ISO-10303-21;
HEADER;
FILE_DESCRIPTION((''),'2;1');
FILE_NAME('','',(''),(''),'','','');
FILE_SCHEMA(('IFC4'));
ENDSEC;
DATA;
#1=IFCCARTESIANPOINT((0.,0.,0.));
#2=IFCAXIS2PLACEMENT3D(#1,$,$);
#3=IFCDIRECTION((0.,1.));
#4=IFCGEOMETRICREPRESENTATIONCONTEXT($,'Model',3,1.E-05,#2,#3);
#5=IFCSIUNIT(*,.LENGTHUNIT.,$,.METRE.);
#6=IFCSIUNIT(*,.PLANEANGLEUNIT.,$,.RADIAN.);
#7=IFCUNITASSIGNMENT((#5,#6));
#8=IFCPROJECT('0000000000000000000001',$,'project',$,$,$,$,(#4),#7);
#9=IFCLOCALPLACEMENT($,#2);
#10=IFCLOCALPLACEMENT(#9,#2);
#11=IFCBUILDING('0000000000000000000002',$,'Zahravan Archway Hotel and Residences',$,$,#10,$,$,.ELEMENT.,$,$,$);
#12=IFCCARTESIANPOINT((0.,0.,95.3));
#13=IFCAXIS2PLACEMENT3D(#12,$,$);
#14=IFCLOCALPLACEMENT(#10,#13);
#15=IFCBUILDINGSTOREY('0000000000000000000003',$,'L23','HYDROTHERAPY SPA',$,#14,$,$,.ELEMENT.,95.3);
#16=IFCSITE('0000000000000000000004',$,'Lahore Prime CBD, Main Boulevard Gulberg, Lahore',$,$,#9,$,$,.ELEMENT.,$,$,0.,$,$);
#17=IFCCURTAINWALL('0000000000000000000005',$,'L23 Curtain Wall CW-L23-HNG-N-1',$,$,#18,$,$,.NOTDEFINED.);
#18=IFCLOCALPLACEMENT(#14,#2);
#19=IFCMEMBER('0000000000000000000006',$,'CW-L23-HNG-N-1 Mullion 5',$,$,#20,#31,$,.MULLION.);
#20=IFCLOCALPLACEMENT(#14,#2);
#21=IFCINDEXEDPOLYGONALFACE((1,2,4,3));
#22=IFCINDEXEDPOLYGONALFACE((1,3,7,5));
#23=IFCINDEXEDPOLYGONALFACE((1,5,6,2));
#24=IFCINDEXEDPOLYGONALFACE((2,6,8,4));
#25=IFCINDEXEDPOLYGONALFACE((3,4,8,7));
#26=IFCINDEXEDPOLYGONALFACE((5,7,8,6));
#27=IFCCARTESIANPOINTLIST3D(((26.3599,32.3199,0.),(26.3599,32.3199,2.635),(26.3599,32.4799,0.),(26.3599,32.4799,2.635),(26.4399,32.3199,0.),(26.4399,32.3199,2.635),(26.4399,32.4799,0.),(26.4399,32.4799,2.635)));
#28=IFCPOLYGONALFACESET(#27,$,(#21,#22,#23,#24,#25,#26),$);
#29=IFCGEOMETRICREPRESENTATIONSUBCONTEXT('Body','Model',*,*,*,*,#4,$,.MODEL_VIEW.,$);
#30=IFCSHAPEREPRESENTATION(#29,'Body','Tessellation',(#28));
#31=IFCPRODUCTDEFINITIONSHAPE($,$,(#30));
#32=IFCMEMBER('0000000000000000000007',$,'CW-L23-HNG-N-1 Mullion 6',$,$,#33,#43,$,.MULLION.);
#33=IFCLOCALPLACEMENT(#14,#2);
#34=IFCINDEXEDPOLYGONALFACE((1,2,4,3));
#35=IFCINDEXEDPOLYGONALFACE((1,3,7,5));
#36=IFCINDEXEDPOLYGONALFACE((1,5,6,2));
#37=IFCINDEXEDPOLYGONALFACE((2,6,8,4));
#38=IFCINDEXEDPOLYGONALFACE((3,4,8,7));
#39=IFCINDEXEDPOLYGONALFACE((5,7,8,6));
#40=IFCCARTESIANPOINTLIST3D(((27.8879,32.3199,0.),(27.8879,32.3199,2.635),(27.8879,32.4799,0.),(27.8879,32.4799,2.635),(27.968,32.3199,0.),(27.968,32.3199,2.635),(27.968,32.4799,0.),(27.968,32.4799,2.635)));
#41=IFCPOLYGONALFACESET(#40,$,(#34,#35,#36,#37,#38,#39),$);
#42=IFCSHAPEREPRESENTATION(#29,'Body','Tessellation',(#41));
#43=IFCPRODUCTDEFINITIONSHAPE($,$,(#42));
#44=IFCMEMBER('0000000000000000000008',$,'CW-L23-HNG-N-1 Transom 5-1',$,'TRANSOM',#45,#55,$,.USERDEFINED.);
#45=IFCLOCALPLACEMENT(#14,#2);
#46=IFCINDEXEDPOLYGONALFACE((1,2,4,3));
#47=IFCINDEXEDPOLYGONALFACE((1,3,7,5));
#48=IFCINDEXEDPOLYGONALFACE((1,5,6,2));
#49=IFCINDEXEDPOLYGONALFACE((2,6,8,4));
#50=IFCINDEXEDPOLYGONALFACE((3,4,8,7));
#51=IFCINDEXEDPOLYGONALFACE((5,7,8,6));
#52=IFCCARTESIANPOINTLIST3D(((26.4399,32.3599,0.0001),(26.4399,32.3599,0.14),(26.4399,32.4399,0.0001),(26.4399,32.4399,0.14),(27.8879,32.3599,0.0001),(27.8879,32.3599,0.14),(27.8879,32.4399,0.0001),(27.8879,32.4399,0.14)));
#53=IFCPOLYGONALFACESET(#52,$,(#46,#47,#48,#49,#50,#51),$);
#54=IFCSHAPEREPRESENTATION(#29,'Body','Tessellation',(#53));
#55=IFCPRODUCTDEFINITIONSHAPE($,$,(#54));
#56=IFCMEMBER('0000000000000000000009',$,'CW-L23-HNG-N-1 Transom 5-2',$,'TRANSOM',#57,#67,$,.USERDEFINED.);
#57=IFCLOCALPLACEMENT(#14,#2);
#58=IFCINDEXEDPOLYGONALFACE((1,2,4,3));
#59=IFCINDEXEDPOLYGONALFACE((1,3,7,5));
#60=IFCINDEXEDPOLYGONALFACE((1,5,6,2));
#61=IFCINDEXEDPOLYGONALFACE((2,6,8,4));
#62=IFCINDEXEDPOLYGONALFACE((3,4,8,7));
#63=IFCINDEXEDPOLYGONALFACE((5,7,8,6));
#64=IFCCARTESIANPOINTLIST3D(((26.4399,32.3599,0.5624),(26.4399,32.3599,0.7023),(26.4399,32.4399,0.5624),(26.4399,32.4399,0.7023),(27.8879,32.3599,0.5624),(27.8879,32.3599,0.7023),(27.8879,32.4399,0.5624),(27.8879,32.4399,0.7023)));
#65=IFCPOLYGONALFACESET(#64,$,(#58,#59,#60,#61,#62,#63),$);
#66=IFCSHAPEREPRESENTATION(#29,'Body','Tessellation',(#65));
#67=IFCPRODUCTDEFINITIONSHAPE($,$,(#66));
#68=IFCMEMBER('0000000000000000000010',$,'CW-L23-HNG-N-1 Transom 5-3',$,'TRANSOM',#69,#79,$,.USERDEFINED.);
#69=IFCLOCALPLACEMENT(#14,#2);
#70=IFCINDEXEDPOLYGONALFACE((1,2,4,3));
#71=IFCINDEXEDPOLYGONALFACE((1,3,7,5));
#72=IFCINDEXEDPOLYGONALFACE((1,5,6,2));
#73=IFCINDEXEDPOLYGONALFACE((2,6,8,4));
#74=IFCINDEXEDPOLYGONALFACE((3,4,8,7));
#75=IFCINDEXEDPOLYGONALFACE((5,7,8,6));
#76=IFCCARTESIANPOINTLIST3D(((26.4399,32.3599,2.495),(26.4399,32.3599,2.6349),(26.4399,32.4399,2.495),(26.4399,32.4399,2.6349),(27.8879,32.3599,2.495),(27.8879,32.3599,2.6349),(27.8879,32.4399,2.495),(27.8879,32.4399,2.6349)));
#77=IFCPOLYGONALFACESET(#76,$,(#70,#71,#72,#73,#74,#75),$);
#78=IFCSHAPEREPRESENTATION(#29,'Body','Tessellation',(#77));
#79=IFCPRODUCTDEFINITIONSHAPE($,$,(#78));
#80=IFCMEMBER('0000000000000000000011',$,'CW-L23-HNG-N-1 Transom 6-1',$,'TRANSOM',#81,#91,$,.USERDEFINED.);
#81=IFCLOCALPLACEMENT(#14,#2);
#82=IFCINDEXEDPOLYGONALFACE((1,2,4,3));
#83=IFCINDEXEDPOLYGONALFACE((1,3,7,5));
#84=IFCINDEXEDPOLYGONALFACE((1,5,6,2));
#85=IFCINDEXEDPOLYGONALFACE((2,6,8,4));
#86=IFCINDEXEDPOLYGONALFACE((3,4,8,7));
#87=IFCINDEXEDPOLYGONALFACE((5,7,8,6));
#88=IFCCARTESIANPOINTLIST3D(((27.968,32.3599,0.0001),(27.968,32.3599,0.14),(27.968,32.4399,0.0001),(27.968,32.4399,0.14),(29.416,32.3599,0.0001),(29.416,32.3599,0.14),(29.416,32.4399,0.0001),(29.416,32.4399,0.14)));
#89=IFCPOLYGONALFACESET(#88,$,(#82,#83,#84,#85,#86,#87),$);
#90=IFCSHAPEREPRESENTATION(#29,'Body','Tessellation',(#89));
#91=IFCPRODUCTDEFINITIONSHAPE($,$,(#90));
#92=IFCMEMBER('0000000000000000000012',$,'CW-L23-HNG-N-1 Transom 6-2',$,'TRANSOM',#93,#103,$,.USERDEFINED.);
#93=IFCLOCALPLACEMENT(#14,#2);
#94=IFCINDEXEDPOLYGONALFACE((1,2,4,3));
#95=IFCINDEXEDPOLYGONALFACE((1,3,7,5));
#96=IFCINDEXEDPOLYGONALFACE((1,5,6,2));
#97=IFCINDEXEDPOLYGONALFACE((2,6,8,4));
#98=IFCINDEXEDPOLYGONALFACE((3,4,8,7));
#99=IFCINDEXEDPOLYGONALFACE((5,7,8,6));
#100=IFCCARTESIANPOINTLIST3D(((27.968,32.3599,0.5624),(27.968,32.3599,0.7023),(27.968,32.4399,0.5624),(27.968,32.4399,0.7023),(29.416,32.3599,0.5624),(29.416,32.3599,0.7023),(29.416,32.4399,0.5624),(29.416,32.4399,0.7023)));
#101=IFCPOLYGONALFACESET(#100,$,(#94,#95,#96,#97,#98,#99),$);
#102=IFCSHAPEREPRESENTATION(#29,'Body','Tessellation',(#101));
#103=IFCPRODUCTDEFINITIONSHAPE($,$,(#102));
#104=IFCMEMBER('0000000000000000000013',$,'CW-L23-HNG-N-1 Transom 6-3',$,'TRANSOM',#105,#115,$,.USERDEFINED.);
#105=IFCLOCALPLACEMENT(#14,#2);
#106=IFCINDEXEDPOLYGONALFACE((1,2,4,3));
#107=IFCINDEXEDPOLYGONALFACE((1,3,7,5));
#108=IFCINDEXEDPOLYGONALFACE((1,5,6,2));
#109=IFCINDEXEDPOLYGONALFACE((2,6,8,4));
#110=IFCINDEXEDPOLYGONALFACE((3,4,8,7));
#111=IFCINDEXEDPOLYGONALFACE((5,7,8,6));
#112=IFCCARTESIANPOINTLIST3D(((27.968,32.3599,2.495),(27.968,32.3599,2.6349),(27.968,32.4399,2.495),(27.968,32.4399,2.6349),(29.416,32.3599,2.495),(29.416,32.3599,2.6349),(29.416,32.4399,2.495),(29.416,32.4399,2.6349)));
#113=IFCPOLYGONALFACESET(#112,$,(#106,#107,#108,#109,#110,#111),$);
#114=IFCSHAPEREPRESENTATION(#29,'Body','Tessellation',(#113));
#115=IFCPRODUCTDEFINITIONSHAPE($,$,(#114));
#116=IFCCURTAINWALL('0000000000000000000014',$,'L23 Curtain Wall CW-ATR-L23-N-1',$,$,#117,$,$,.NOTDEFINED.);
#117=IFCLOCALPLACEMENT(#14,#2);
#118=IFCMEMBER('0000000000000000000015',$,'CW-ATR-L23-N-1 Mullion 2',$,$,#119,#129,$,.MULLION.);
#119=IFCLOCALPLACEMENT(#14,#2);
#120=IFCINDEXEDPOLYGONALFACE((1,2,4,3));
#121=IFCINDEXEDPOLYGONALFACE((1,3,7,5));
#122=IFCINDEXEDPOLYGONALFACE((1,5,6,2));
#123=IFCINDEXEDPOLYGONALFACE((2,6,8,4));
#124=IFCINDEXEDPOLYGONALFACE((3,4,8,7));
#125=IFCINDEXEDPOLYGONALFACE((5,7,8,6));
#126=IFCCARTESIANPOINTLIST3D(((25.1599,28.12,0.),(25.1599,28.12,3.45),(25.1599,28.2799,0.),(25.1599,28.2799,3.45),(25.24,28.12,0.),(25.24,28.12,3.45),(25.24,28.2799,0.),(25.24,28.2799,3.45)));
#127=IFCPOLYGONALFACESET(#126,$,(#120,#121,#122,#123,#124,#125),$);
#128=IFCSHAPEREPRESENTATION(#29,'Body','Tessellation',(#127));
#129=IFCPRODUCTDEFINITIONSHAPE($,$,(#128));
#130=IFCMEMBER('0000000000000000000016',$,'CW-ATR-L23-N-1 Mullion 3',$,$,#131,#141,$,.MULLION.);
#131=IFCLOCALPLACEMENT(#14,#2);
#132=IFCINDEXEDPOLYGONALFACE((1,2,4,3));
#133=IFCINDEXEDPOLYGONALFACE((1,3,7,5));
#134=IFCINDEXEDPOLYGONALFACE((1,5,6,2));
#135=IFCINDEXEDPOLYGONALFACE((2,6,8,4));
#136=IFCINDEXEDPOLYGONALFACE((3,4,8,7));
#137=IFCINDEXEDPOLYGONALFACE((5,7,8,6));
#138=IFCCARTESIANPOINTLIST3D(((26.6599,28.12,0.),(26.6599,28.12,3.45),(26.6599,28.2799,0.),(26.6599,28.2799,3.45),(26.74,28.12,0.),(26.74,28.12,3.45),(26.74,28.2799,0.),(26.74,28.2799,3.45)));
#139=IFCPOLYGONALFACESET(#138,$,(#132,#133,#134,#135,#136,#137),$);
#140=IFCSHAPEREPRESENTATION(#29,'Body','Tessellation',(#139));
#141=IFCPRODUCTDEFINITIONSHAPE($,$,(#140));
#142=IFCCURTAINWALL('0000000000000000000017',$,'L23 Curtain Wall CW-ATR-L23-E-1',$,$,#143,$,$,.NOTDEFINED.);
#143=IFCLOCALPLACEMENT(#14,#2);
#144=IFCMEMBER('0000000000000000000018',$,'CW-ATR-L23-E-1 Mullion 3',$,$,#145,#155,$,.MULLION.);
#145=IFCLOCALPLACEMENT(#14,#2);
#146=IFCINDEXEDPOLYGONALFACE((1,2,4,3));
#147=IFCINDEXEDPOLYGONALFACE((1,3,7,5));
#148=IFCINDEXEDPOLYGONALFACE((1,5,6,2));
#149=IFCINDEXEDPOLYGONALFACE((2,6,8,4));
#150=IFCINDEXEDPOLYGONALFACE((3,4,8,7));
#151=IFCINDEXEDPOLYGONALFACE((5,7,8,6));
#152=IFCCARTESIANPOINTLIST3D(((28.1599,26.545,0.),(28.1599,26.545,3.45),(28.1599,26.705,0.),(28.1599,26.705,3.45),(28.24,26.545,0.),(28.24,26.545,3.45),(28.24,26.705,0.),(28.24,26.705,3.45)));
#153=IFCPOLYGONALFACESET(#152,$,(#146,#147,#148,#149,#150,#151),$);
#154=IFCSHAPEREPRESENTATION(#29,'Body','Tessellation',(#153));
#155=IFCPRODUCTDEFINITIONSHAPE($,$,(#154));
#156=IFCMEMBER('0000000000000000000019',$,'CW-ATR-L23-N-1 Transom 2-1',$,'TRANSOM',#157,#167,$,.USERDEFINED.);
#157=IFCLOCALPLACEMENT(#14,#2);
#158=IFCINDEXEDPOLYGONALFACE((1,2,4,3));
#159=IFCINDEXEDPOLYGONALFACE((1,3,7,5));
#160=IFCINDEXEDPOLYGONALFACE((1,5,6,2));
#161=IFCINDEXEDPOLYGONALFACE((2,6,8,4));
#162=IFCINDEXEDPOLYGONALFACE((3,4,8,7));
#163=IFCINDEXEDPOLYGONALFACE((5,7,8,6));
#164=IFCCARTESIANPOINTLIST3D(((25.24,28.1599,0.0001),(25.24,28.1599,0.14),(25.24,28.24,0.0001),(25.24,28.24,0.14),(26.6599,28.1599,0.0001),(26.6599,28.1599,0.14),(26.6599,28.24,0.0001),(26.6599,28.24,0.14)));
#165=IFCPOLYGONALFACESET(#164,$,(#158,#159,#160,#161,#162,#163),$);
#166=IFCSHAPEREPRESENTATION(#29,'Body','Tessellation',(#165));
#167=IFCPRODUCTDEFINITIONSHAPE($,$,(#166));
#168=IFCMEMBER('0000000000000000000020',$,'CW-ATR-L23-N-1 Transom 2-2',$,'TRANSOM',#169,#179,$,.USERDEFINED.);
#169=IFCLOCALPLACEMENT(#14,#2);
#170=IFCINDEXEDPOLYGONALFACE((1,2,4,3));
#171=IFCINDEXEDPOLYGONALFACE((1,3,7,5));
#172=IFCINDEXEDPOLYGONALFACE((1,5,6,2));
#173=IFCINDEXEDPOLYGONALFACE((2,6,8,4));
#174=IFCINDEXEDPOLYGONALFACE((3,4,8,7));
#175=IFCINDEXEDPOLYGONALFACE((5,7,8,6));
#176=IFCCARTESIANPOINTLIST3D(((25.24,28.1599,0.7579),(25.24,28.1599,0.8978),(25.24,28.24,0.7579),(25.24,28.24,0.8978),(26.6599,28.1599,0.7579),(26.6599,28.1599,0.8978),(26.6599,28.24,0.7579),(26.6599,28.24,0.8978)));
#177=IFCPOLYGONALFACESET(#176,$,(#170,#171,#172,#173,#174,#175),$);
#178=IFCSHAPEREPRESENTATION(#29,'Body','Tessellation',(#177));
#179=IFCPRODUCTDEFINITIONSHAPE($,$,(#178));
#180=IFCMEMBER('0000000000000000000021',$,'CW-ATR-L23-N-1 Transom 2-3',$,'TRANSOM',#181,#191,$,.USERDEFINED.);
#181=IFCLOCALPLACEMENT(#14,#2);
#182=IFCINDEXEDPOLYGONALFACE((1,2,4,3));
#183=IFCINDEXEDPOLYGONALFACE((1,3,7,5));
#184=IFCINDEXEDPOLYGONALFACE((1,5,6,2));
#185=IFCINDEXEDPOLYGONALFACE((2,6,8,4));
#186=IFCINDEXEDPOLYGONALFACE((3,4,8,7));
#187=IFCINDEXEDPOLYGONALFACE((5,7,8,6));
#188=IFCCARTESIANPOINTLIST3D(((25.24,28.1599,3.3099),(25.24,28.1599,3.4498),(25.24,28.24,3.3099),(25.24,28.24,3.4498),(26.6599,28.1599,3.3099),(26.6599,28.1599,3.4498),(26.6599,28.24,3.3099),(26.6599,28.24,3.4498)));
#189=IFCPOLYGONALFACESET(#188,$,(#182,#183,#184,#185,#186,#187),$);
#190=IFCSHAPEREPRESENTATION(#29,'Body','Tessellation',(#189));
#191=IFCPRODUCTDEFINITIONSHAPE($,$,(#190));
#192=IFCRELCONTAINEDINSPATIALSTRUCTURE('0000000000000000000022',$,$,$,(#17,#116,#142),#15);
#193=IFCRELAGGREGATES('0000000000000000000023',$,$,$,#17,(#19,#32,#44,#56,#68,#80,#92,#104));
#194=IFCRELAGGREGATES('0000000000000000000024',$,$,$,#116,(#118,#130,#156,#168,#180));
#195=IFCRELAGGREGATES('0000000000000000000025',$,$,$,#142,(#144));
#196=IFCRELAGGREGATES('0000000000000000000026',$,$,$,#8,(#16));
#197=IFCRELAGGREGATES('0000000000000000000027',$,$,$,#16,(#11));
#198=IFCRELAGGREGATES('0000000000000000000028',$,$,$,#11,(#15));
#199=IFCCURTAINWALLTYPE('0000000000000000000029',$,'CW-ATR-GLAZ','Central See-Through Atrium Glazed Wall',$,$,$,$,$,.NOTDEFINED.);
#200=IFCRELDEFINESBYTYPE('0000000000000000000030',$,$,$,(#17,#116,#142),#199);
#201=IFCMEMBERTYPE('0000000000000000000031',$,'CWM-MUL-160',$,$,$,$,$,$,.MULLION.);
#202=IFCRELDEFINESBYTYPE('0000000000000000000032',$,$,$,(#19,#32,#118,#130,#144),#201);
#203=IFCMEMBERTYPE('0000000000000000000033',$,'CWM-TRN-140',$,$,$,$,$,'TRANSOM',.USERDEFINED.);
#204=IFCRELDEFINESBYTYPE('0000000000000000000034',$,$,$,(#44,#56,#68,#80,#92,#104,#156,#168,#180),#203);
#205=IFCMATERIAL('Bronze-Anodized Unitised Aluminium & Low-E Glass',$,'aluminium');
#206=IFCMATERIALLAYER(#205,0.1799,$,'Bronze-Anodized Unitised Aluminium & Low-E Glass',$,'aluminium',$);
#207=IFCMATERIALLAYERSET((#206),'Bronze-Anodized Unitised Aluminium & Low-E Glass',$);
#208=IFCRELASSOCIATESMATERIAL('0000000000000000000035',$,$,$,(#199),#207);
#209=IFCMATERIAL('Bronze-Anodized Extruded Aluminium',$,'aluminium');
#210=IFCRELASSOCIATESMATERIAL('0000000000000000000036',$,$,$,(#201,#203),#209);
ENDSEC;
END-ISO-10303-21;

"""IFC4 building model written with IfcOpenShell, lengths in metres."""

from ifc_helpers import new_model, si_unit, direction, frame, origin, origin_2d, place, context, subcontext, project, spatial, rectangle, extrude, source, transform, mapped, material, layer, layer_set, material_profile, profile_set, type_object, element, aggregate, save


model = new_model("IFC4")

# Units and contexts
model_context = context("Model", 3, precision=1e-05, world=origin(), true_north=direction((0.0, 1.0)))
body_context = subcontext(model_context, "Body", "Model", "MODEL_VIEW")
ifc_project = project(units=[si_unit("LENGTHUNIT", "METRE"), si_unit("PLANEANGLEUNIT", "RADIAN")], contexts=[model_context])

# Site, building, storey
site_placement = place(None, origin())
site = spatial("IfcSite", under=ifc_project, at=site_placement, Name="Lahore Prime CBD, Main Boulevard Gulberg, Lahore", CompositionType="ELEMENT", RefElevation=0.0)
building_placement = place(site_placement, origin())
building = spatial("IfcBuilding", under=site, at=building_placement, Name="Zahravan Archway Hotel and Residences", CompositionType="ELEMENT")
storey_placement = place(building_placement, frame((0.0, 0.0, 95.3)))
storey = spatial("IfcBuildingStorey", under=building, at=storey_placement, Name="L23", Description="HYDROTHERAPY SPA", CompositionType="ELEMENT", Elevation=95.3)

# Curtain walls, members
ifc_material_1 = material(Name="Bronze-Anodized Unitised Aluminium & Low-E Glass", Category="aluminium")
ifc_layer_1 = layer(ifc_material_1, 0.1799, Name="Bronze-Anodized Unitised Aluminium & Low-E Glass", Category="aluminium")
ifc_layer_set_1 = layer_set([ifc_layer_1], Name="Bronze-Anodized Unitised Aluminium & Low-E Glass")
curtain_wall_type = type_object("IfcCurtainWallType", Name="CW-ATR-GLAZ", Description="Central See-Through Atrium Glazed Wall", PredefinedType="NOTDEFINED", material=ifc_layer_set_1)
curtain_wall_1_placement = place(storey_placement, origin())
curtain_wall_1 = element("IfcCurtainWall", 1, at=curtain_wall_1_placement, inside=storey, type_object=curtain_wall_type, Name="L23 Curtain Wall CW-L23-HNG-N-1", PredefinedType="NOTDEFINED")
ifc_material_2 = material(Name="Bronze-Anodized Extruded Aluminium", Category="aluminium")
ifc_material_profile_1 = material_profile(ifc_material_2, rectangle(XDim=0.0801, YDim=0.1599, at=origin_2d()), Name="MUL 80x160", Category="aluminium")
ifc_profile_set_1 = profile_set([ifc_material_profile_1], Name="Bronze-Anodized Extruded Aluminium")
member_type_1 = type_object("IfcMemberType", Name="CWM-MUL-160", PredefinedType="MULLION", material=ifc_profile_set_1)
shared_shape_1 = source(origin(), body_context, "Body", "SweptSolid", [
    extrude(rectangle(XDim=0.0801, YDim=0.1599, at=origin_2d()), origin(), (0.0, 0.0, 1.0), 2.635),
])
member_1_placement = place(storey_placement, frame((26.3999, 32.3999, 0.0), z_axis=(0.0, 0.0, 1.0), x_axis=(1.0, 0.0, 0.0)))
member_1 = element("IfcMember", 2, at=member_1_placement, type_object=member_type_1, Name="CW-L23-HNG-N-1 Mullion 5", PredefinedType="MULLION", context=body_context, shape_type="MappedRepresentation", body=[
    mapped(shared_shape_1, transform((0.0, 0.0, 0.0), scale=1.0)),
])
member_2_placement = place(storey_placement, frame((27.928, 32.3999, 0.0), z_axis=(0.0, 0.0, 1.0), x_axis=(1.0, 0.0, 0.0)))
member_2 = element("IfcMember", 3, at=member_2_placement, type_object=member_type_1, Name="CW-L23-HNG-N-1 Mullion 6", PredefinedType="MULLION", context=body_context, shape_type="MappedRepresentation", body=[
    mapped(shared_shape_1, transform((0.0, 0.0, 0.0), scale=1.0)),
])
ifc_material_profile_2 = material_profile(ifc_material_2, rectangle(XDim=0.0801, YDim=0.1399, at=origin_2d()), Name="TRN 80x140", Category="aluminium")
ifc_profile_set_2 = profile_set([ifc_material_profile_2], Name="Bronze-Anodized Extruded Aluminium")
member_type_2 = type_object("IfcMemberType", Name="CWM-TRN-140", ElementType="TRANSOM", PredefinedType="USERDEFINED", material=ifc_profile_set_2)
shared_shape_2 = source(origin(), body_context, "Body", "SweptSolid", [
    extrude(rectangle(XDim=0.0801, YDim=0.1399, at=origin_2d()), origin(), (0.0, 0.0, 1.0), 1.448),
])
member_3_placement = place(storey_placement, frame((26.4399, 32.3999, 0.0701), z_axis=(1.0, 0.0, 0.0), x_axis=(0.0, 1.0, 0.0)))
member_3 = element("IfcMember", 4, at=member_3_placement, type_object=member_type_2, Name="CW-L23-HNG-N-1 Transom 5-1", ObjectType="TRANSOM", PredefinedType="USERDEFINED", context=body_context, shape_type="MappedRepresentation", body=[
    mapped(shared_shape_2, transform((0.0, 0.0, 0.0), scale=1.0)),
])
member_4_placement = place(storey_placement, frame((26.4399, 32.3999, 0.6323), z_axis=(1.0, 0.0, 0.0), x_axis=(0.0, 1.0, 0.0)))
member_4 = element("IfcMember", 5, at=member_4_placement, type_object=member_type_2, Name="CW-L23-HNG-N-1 Transom 5-2", ObjectType="TRANSOM", PredefinedType="USERDEFINED", context=body_context, shape_type="MappedRepresentation", body=[
    mapped(shared_shape_2, transform((0.0, 0.0, 0.0), scale=1.0)),
])
member_5_placement = place(storey_placement, frame((26.4399, 32.3999, 2.5649), z_axis=(1.0, 0.0, 0.0), x_axis=(0.0, 1.0, 0.0)))
member_5 = element("IfcMember", 6, at=member_5_placement, type_object=member_type_2, Name="CW-L23-HNG-N-1 Transom 5-3", ObjectType="TRANSOM", PredefinedType="USERDEFINED", context=body_context, shape_type="MappedRepresentation", body=[
    mapped(shared_shape_2, transform((0.0, 0.0, 0.0), scale=1.0)),
])
member_6_placement = place(storey_placement, frame((27.968, 32.3999, 0.0701), z_axis=(1.0, 0.0, 0.0), x_axis=(0.0, 1.0, 0.0)))
member_6 = element("IfcMember", 7, at=member_6_placement, type_object=member_type_2, Name="CW-L23-HNG-N-1 Transom 6-1", ObjectType="TRANSOM", PredefinedType="USERDEFINED", context=body_context, shape_type="MappedRepresentation", body=[
    mapped(shared_shape_2, transform((0.0, 0.0, 0.0), scale=1.0)),
])
member_7_placement = place(storey_placement, frame((27.968, 32.3999, 0.6323), z_axis=(1.0, 0.0, 0.0), x_axis=(0.0, 1.0, 0.0)))
member_7 = element("IfcMember", 8, at=member_7_placement, type_object=member_type_2, Name="CW-L23-HNG-N-1 Transom 6-2", ObjectType="TRANSOM", PredefinedType="USERDEFINED", context=body_context, shape_type="MappedRepresentation", body=[
    mapped(shared_shape_2, transform((0.0, 0.0, 0.0), scale=1.0)),
])
member_8_placement = place(storey_placement, frame((27.968, 32.3999, 2.5649), z_axis=(1.0, 0.0, 0.0), x_axis=(0.0, 1.0, 0.0)))
member_8 = element("IfcMember", 9, at=member_8_placement, type_object=member_type_2, Name="CW-L23-HNG-N-1 Transom 6-3", ObjectType="TRANSOM", PredefinedType="USERDEFINED", context=body_context, shape_type="MappedRepresentation", body=[
    mapped(shared_shape_2, transform((0.0, 0.0, 0.0), scale=1.0)),
])
curtain_wall_2_placement = place(storey_placement, origin())
curtain_wall_2 = element("IfcCurtainWall", 10, at=curtain_wall_2_placement, inside=storey, type_object=curtain_wall_type, Name="L23 Curtain Wall CW-ATR-L23-N-1", PredefinedType="NOTDEFINED")
shared_shape_3 = source(origin(), body_context, "Body", "SweptSolid", [
    extrude(rectangle(XDim=0.0801, YDim=0.1599, at=origin_2d()), origin(), (0.0, 0.0, 1.0), 3.45),
])
member_9_placement = place(storey_placement, frame((25.2, 28.2, 0.0), z_axis=(0.0, 0.0, 1.0), x_axis=(1.0, 0.0, 0.0)))
member_9 = element("IfcMember", 11, at=member_9_placement, type_object=member_type_1, Name="CW-ATR-L23-N-1 Mullion 2", PredefinedType="MULLION", context=body_context, shape_type="MappedRepresentation", body=[
    mapped(shared_shape_3, transform((0.0, 0.0, 0.0), scale=1.0)),
])
member_10_placement = place(storey_placement, frame((26.7, 28.2, 0.0), z_axis=(0.0, 0.0, 1.0), x_axis=(1.0, 0.0, 0.0)))
member_10 = element("IfcMember", 12, at=member_10_placement, type_object=member_type_1, Name="CW-ATR-L23-N-1 Mullion 3", PredefinedType="MULLION", context=body_context, shape_type="MappedRepresentation", body=[
    mapped(shared_shape_3, transform((0.0, 0.0, 0.0), scale=1.0)),
])

# Curtain wall, member
curtain_wall_3_placement = place(storey_placement, origin())
curtain_wall_3 = element("IfcCurtainWall", 13, at=curtain_wall_3_placement, inside=storey, type_object=curtain_wall_type, Name="L23 Curtain Wall CW-ATR-L23-E-1", PredefinedType="NOTDEFINED")
member_11_placement = place(storey_placement, frame((28.2, 26.625, 0.0), z_axis=(0.0, 0.0, 1.0), x_axis=(1.0, 0.0, 0.0)))
member_11 = element("IfcMember", 14, at=member_11_placement, type_object=member_type_1, Name="CW-ATR-L23-E-1 Mullion 3", PredefinedType="MULLION", context=body_context, shape_type="MappedRepresentation", body=[
    mapped(shared_shape_3, transform((0.0, 0.0, 0.0), scale=1.0)),
])

# Members
shared_shape_4 = source(origin(), body_context, "Body", "SweptSolid", [
    extrude(rectangle(XDim=0.0801, YDim=0.1399, at=origin_2d()), origin(), (0.0, 0.0, 1.0), 1.4199),
])
member_12_placement = place(storey_placement, frame((25.24, 28.2, 0.0701), z_axis=(1.0, 0.0, 0.0), x_axis=(0.0, 1.0, 0.0)))
member_12 = element("IfcMember", 15, at=member_12_placement, type_object=member_type_2, Name="CW-ATR-L23-N-1 Transom 2-1", ObjectType="TRANSOM", PredefinedType="USERDEFINED", context=body_context, shape_type="MappedRepresentation", body=[
    mapped(shared_shape_4, transform((0.0, 0.0, 0.0), scale=1.0)),
])
member_13_placement = place(storey_placement, frame((25.24, 28.2, 0.8279), z_axis=(1.0, 0.0, 0.0), x_axis=(0.0, 1.0, 0.0)))
member_13 = element("IfcMember", 16, at=member_13_placement, type_object=member_type_2, Name="CW-ATR-L23-N-1 Transom 2-2", ObjectType="TRANSOM", PredefinedType="USERDEFINED", context=body_context, shape_type="MappedRepresentation", body=[
    mapped(shared_shape_4, transform((0.0, 0.0, 0.0), scale=1.0)),
])
member_14_placement = place(storey_placement, frame((25.24, 28.2, 3.3799), z_axis=(1.0, 0.0, 0.0), x_axis=(0.0, 1.0, 0.0)))
member_14 = element("IfcMember", 17, at=member_14_placement, type_object=member_type_2, Name="CW-ATR-L23-N-1 Transom 2-3", ObjectType="TRANSOM", PredefinedType="USERDEFINED", context=body_context, shape_type="MappedRepresentation", body=[
    mapped(shared_shape_4, transform((0.0, 0.0, 0.0), scale=1.0)),
])

aggregate(curtain_wall_1, [member_1, member_2, member_3, member_4, member_5, member_6, member_7, member_8])
aggregate(curtain_wall_2, [member_9, member_10, member_12, member_13, member_14])
aggregate(curtain_wall_3, [member_11])

save(model, "model.ifc")
